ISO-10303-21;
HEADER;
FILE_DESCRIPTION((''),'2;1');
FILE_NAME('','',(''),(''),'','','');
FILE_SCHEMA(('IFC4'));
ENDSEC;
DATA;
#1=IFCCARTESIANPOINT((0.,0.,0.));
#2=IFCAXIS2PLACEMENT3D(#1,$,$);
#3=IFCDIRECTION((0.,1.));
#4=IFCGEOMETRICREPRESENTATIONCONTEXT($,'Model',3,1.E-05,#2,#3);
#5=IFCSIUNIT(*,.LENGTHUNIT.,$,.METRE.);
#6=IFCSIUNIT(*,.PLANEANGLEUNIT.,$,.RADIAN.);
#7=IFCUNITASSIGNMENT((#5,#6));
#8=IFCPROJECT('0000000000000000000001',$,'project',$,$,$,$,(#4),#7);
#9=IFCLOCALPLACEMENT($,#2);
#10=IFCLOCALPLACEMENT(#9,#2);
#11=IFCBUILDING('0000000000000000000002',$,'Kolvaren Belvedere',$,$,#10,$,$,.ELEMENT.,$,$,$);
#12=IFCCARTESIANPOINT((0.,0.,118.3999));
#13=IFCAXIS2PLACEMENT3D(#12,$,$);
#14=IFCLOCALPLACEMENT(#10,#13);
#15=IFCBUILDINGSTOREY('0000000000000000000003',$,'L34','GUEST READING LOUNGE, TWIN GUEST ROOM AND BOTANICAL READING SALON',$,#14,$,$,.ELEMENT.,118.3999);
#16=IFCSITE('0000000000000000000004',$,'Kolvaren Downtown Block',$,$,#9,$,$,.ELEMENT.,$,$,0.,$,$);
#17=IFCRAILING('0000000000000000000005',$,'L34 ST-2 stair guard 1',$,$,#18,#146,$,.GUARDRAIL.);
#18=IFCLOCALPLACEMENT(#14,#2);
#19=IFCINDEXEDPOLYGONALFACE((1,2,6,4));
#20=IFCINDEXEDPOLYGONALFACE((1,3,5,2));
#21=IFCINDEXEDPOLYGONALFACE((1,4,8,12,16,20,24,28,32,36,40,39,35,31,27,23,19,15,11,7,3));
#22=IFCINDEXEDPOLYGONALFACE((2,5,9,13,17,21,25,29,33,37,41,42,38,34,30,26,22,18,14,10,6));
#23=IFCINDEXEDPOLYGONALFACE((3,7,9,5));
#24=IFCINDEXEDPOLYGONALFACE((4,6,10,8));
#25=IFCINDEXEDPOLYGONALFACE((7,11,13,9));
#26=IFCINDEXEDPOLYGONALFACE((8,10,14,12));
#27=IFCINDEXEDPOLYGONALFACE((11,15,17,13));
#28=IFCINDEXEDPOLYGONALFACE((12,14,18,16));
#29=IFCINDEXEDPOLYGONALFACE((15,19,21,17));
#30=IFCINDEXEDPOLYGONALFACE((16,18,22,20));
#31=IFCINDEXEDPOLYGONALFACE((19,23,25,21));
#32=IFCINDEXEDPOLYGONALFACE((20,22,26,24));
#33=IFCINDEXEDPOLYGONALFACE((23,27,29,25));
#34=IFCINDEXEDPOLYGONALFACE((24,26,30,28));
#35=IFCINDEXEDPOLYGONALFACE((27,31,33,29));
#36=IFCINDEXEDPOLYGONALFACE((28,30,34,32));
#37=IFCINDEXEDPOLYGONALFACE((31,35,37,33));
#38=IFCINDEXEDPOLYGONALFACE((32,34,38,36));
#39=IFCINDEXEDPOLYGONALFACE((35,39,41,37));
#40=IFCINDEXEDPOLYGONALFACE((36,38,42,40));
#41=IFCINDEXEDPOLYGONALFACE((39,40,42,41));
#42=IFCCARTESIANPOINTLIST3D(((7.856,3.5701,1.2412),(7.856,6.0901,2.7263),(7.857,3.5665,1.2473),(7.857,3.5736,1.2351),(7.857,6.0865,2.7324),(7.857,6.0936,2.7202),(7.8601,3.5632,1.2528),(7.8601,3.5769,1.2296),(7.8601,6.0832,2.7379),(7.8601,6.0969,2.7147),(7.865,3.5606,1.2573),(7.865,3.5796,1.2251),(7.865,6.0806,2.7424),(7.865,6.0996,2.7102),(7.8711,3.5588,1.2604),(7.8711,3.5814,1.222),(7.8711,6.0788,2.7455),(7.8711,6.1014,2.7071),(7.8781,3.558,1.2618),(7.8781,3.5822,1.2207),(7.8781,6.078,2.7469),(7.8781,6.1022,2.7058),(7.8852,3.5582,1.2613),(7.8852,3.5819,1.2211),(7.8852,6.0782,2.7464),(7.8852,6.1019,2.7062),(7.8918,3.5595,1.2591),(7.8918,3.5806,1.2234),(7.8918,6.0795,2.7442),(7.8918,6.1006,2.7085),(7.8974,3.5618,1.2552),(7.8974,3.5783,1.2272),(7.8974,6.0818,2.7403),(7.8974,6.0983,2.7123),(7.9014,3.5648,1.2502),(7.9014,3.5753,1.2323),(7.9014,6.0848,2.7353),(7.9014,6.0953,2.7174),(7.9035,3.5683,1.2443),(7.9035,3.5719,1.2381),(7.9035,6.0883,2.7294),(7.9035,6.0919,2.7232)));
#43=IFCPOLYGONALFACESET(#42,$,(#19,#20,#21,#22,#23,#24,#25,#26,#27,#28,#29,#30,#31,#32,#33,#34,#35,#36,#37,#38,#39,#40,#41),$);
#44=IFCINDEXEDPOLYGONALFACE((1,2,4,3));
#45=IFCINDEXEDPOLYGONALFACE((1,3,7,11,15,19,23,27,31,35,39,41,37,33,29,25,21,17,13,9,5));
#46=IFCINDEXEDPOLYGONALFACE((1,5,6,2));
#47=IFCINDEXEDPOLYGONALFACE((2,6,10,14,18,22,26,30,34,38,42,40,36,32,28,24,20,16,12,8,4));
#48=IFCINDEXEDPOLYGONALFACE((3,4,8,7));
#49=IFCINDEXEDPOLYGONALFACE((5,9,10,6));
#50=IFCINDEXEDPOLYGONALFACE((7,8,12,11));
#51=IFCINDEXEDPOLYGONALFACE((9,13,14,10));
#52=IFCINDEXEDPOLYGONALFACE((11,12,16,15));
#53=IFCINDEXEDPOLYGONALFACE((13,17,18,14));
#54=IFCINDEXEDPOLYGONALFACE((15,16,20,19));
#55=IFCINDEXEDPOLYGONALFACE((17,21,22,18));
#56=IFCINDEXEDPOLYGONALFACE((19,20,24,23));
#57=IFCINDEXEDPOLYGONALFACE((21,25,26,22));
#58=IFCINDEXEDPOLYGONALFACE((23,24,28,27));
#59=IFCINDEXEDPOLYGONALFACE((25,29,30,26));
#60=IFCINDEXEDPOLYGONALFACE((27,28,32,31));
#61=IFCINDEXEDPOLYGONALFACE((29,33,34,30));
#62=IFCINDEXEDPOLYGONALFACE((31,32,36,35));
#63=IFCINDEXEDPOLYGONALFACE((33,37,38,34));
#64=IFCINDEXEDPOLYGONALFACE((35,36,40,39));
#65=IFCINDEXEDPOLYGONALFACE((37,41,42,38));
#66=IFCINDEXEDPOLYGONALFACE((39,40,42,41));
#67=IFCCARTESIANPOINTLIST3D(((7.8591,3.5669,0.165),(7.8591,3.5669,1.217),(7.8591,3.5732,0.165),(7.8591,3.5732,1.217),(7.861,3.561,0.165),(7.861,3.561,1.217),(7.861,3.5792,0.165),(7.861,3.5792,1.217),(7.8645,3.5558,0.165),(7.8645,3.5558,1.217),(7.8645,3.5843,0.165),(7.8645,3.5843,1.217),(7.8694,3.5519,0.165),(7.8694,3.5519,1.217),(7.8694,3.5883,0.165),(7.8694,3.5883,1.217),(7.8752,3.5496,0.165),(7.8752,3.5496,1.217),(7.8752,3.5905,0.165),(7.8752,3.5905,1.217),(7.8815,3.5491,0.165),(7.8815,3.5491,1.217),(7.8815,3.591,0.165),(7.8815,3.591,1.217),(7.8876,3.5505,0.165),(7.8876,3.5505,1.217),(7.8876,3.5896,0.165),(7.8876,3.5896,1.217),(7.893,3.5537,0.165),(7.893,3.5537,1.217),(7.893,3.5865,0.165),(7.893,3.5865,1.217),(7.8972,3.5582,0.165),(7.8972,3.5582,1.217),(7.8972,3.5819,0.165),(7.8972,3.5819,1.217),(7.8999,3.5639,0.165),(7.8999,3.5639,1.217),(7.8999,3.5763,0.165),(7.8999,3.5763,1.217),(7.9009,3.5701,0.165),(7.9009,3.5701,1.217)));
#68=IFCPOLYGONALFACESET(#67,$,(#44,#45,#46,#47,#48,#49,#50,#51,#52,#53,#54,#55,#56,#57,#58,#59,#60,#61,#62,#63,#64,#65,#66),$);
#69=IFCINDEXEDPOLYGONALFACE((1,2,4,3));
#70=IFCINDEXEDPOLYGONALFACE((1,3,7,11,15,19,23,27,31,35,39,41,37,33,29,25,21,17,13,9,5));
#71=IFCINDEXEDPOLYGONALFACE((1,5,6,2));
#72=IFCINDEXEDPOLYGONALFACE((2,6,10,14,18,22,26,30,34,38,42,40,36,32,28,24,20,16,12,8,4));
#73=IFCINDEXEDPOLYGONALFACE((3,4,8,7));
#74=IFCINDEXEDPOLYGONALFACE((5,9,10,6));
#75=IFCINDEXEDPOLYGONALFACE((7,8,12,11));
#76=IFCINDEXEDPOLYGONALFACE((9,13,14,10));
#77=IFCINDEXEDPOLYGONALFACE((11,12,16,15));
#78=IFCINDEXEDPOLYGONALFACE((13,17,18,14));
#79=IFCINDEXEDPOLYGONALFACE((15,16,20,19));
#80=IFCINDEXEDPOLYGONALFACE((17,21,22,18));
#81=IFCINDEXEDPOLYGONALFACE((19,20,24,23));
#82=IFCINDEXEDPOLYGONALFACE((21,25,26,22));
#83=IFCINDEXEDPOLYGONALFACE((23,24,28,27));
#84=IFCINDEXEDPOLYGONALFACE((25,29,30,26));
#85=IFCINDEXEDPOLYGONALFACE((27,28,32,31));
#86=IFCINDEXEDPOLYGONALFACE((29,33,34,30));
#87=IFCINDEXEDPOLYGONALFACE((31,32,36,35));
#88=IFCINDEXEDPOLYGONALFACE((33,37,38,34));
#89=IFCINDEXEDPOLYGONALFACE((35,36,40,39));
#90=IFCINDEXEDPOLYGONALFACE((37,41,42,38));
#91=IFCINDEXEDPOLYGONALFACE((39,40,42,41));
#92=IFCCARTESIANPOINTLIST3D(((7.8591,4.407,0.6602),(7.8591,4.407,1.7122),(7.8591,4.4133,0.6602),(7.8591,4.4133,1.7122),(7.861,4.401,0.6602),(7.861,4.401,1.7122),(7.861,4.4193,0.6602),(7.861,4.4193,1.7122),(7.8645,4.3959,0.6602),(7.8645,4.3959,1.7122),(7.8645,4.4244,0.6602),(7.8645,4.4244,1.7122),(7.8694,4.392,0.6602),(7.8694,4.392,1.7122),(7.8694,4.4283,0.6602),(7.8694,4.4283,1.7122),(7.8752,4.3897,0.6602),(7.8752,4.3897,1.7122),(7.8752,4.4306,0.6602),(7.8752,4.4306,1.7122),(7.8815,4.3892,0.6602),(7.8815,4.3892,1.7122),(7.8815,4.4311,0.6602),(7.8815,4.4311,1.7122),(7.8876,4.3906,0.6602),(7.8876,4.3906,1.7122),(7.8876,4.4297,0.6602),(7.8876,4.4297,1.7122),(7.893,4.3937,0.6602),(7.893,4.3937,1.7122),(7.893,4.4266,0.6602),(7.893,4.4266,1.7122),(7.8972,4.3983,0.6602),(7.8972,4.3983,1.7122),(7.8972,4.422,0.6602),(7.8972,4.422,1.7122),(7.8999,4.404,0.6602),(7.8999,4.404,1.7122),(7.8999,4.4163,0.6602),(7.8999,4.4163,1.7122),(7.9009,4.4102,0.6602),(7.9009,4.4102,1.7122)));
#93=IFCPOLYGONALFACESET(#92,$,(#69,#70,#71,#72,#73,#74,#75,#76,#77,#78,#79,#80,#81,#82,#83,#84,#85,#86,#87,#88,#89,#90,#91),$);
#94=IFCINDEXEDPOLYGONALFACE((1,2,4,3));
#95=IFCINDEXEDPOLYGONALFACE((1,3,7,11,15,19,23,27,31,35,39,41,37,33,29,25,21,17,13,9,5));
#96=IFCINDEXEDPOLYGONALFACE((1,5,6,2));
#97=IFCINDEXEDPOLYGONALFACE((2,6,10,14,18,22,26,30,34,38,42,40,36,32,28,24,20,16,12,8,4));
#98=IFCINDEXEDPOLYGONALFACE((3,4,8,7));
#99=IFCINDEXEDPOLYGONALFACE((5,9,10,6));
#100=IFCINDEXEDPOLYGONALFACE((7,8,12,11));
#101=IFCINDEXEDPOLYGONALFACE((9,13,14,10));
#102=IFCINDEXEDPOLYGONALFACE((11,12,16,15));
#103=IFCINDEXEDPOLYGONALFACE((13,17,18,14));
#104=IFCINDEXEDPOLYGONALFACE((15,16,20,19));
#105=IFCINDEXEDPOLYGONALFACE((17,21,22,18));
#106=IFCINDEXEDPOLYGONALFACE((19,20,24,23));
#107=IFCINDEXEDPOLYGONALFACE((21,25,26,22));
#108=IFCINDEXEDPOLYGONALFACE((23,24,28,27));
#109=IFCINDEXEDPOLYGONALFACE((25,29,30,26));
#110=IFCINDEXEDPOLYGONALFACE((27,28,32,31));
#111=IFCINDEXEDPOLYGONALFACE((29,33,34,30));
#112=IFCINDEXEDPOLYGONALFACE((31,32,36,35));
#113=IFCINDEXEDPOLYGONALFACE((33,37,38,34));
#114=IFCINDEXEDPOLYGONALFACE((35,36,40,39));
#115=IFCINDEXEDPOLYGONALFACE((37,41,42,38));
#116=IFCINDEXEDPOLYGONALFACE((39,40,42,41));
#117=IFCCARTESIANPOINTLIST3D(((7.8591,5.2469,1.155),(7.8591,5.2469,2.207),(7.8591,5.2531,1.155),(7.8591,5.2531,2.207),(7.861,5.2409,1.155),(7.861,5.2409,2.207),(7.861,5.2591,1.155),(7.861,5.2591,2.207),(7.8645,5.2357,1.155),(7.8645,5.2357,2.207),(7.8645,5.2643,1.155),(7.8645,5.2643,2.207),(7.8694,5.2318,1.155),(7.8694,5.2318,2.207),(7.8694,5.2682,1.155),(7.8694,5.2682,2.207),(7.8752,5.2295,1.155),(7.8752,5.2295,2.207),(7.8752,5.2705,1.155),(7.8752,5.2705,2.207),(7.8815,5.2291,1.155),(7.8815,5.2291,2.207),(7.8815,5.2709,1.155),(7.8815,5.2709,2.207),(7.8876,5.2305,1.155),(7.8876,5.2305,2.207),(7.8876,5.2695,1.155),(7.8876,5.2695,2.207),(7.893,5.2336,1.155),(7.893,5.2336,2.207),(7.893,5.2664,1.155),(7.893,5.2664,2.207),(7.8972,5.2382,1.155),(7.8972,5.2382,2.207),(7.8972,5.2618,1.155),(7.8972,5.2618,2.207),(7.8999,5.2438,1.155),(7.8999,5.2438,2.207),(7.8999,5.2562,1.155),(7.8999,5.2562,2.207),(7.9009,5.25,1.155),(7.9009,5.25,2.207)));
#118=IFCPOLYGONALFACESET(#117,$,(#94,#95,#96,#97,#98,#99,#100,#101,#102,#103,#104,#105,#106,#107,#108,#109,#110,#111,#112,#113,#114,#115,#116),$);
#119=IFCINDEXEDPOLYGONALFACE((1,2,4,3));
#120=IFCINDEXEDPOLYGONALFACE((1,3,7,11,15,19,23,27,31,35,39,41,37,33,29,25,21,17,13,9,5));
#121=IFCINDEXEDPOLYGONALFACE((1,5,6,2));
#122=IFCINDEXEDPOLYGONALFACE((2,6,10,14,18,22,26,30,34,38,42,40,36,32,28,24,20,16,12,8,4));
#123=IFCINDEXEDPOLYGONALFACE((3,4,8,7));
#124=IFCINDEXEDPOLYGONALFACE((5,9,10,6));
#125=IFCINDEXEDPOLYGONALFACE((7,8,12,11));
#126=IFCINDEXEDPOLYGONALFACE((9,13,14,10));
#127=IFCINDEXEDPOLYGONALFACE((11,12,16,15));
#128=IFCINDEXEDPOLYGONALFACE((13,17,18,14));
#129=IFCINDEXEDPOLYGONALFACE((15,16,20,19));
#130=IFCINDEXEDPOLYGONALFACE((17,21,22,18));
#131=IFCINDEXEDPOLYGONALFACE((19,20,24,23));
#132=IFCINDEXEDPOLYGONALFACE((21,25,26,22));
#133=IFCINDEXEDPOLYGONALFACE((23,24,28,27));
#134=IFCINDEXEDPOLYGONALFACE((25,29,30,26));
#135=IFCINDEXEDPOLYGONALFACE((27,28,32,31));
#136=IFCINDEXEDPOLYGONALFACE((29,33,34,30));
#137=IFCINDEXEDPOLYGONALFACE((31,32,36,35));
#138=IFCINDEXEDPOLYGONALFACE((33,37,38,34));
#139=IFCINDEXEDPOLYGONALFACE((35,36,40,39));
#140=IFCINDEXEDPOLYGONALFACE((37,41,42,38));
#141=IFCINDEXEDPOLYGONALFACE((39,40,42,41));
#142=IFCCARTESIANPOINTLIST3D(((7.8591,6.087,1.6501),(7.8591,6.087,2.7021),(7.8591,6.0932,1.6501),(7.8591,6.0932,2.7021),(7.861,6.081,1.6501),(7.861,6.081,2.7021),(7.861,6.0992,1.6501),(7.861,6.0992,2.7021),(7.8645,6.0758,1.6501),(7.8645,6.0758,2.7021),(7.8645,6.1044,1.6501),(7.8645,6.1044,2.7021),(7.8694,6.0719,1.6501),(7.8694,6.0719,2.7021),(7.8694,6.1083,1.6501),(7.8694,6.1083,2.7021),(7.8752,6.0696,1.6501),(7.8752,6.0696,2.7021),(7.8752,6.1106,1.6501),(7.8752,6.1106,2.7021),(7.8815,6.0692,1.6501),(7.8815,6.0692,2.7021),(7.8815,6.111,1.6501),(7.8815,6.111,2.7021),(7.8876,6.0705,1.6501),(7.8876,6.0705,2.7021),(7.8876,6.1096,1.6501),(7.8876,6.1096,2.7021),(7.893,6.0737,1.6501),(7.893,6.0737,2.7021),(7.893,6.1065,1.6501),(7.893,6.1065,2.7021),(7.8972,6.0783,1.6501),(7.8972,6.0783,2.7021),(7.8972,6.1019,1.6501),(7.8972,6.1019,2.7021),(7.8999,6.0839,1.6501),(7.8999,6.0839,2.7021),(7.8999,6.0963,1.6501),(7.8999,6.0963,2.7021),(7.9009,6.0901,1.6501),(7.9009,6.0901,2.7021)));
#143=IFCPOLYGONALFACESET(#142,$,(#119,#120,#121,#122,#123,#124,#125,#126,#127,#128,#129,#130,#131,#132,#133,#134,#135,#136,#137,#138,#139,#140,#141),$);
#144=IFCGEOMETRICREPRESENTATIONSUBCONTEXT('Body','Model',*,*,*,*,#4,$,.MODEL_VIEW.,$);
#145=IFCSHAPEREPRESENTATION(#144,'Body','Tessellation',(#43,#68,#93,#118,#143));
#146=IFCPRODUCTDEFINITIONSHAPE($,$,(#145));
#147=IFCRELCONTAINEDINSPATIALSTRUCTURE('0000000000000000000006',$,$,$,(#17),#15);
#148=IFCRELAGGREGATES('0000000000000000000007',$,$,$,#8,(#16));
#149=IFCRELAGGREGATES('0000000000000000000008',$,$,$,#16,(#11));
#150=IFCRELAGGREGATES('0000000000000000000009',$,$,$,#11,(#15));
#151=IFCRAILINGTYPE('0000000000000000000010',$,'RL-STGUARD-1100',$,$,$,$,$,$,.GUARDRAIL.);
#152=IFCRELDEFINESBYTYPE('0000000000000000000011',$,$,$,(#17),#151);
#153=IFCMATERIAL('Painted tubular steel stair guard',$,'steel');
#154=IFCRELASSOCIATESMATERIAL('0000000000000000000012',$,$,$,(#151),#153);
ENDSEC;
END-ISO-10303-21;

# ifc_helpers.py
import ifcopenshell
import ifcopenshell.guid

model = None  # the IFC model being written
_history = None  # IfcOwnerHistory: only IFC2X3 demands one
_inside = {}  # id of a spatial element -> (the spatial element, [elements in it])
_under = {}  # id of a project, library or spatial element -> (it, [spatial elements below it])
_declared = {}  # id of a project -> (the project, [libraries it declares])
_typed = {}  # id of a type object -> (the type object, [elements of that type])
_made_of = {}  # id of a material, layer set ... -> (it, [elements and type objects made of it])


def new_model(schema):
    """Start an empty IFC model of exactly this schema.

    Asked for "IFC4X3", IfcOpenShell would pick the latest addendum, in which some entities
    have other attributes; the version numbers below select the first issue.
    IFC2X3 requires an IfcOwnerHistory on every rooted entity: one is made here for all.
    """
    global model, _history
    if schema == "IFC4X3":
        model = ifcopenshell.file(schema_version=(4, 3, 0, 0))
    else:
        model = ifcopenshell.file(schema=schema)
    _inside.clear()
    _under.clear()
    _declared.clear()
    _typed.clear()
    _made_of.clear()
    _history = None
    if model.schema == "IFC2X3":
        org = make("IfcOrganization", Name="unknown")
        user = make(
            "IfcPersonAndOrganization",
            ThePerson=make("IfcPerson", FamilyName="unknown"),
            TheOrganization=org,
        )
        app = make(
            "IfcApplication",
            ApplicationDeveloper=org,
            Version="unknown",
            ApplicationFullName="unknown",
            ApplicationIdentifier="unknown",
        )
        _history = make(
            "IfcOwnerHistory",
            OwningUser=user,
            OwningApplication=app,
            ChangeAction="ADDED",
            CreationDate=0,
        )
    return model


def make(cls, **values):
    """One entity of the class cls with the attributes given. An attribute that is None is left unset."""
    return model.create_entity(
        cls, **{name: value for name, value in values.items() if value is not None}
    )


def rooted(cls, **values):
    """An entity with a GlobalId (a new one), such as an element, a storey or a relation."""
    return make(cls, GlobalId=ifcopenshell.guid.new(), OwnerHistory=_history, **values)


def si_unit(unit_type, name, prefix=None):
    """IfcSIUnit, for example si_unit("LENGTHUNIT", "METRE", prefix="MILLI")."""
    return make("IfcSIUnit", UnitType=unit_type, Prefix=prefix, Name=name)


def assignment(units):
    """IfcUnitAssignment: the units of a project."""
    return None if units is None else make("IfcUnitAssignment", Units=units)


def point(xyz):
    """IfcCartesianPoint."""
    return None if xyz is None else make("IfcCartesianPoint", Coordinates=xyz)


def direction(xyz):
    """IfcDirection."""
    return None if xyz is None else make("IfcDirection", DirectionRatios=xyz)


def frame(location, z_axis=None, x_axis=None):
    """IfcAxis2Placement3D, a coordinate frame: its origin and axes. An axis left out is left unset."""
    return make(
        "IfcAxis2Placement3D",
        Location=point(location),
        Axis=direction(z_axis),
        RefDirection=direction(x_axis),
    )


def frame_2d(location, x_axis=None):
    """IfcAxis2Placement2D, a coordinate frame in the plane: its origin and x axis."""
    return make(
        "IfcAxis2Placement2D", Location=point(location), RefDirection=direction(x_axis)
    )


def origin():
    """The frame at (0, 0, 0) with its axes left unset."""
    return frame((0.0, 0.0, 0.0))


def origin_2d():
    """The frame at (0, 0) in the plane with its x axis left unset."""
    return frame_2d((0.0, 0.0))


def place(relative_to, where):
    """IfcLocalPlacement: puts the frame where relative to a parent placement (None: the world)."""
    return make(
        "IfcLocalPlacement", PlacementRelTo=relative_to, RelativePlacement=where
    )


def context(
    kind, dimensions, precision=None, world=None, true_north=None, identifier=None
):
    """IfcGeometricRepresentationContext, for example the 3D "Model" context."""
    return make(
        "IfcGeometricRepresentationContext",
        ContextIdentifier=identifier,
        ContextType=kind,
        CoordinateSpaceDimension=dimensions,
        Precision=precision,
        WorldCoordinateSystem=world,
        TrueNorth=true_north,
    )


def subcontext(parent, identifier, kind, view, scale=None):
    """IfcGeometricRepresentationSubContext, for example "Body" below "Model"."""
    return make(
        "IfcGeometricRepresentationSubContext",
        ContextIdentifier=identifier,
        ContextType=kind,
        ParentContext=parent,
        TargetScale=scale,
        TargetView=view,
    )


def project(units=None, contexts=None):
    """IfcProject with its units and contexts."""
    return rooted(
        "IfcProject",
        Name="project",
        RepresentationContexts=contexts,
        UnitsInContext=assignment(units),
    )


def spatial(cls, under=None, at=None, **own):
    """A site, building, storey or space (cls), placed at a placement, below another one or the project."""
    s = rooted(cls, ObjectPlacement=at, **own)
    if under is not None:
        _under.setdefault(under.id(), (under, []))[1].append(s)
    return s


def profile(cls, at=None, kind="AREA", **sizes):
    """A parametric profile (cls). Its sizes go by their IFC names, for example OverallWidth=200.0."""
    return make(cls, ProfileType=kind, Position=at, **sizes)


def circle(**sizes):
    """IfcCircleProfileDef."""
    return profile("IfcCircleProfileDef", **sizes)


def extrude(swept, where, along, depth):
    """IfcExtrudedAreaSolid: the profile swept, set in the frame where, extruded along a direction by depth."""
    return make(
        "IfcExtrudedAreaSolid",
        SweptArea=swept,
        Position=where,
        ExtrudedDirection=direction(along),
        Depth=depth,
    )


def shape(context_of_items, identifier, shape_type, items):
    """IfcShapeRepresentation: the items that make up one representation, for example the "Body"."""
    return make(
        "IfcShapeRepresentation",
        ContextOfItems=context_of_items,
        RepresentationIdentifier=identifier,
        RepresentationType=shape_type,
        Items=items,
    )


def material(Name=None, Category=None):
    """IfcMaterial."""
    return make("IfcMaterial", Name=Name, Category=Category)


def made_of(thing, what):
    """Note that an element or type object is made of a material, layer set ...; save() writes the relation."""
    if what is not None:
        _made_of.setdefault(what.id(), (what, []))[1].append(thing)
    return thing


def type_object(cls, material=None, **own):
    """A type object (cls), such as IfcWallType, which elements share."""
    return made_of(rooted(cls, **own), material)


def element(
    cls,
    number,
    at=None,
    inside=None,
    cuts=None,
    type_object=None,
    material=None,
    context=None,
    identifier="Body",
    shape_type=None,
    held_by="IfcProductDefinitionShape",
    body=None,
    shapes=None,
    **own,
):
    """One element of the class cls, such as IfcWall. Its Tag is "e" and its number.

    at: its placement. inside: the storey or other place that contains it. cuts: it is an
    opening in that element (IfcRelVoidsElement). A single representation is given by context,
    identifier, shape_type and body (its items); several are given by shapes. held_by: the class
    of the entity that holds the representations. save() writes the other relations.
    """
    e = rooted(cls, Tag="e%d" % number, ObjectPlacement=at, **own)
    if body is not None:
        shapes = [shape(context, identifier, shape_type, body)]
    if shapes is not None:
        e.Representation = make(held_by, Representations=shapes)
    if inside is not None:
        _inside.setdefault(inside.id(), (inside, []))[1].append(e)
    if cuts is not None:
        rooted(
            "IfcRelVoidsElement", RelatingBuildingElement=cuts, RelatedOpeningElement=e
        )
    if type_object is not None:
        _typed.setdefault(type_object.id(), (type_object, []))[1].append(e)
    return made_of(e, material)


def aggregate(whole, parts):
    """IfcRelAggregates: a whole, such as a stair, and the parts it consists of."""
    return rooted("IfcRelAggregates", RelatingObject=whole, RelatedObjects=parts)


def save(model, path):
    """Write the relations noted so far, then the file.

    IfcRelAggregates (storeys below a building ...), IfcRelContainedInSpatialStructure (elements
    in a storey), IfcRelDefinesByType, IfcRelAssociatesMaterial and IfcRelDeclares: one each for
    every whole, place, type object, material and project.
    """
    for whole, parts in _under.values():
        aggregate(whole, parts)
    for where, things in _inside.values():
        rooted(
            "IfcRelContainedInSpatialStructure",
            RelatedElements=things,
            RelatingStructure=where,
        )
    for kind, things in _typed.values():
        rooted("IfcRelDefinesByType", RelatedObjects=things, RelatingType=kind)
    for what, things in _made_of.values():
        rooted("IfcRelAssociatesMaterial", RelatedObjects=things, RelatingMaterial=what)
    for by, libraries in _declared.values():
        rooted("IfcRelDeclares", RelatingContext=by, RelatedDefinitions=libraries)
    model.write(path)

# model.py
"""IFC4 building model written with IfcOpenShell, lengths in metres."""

from ifc_helpers import new_model, si_unit, direction, frame, origin, origin_2d, place, context, subcontext, project, spatial, circle, extrude, material, type_object, element, save


model = new_model("IFC4")

# Units and contexts
model_context = context("Model", 3, precision=1e-05, world=origin(), true_north=direction((0.0, 1.0)))
body_context = subcontext(model_context, "Body", "Model", "MODEL_VIEW")
ifc_project = project(units=[si_unit("LENGTHUNIT", "METRE"), si_unit("PLANEANGLEUNIT", "RADIAN")], contexts=[model_context])

# Site, building, storey
site_placement = place(None, origin())
site = spatial("IfcSite", under=ifc_project, at=site_placement, Name="Kolvaren Downtown Block", CompositionType="ELEMENT", RefElevation=0.0)
building_placement = place(site_placement, origin())
building = spatial("IfcBuilding", under=site, at=building_placement, Name="Kolvaren Belvedere", CompositionType="ELEMENT")
storey_placement = place(building_placement, frame((0.0, 0.0, 118.3999)))
storey = spatial("IfcBuildingStorey", under=building, at=storey_placement, Name="L34", Description="GUEST READING LOUNGE, TWIN GUEST ROOM AND BOTANICAL READING SALON", CompositionType="ELEMENT", Elevation=118.3999)

# Railing
ifc_material_1 = material(Name="Painted tubular steel stair guard", Category="steel")
railing_type_1 = type_object("IfcRailingType", Name="RL-STGUARD-1100", PredefinedType="GUARDRAIL", material=ifc_material_1)
railing_1_placement = place(storey_placement, frame((7.8799, 3.5701, 0.165)))
element("IfcRailing", 1, at=railing_1_placement, inside=storey, type_object=railing_type_1, Name="L34 ST-2 stair guard 1", PredefinedType="GUARDRAIL", context=body_context, shape_type="SweptSolid", body=[
    extrude(circle(Radius=0.0239, at=origin_2d()), frame((0.0, 0.0, 1.0762), z_axis=(0.0, 0.861524, 0.507717), x_axis=(-1.0, 0.0, 0.0)), (0.0, 0.0, 1.0), 2.925),
    extrude(circle(Radius=0.021, at=origin_2d()), origin(), (0.0, 0.0, 1.0), 1.052),
    extrude(circle(Radius=0.021, at=origin_2d()), frame((0.0, 0.8401, 0.4951)), (0.0, 0.0, 1.0), 1.052),
    extrude(circle(Radius=0.021, at=origin_2d()), frame((0.0, 1.6799, 0.99)), (0.0, 0.0, 1.0), 1.052),
    extrude(circle(Radius=0.021, at=origin_2d()), frame((0.0, 2.52, 1.4851)), (0.0, 0.0, 1.0), 1.052),
])

save(model, "model.ifc")
